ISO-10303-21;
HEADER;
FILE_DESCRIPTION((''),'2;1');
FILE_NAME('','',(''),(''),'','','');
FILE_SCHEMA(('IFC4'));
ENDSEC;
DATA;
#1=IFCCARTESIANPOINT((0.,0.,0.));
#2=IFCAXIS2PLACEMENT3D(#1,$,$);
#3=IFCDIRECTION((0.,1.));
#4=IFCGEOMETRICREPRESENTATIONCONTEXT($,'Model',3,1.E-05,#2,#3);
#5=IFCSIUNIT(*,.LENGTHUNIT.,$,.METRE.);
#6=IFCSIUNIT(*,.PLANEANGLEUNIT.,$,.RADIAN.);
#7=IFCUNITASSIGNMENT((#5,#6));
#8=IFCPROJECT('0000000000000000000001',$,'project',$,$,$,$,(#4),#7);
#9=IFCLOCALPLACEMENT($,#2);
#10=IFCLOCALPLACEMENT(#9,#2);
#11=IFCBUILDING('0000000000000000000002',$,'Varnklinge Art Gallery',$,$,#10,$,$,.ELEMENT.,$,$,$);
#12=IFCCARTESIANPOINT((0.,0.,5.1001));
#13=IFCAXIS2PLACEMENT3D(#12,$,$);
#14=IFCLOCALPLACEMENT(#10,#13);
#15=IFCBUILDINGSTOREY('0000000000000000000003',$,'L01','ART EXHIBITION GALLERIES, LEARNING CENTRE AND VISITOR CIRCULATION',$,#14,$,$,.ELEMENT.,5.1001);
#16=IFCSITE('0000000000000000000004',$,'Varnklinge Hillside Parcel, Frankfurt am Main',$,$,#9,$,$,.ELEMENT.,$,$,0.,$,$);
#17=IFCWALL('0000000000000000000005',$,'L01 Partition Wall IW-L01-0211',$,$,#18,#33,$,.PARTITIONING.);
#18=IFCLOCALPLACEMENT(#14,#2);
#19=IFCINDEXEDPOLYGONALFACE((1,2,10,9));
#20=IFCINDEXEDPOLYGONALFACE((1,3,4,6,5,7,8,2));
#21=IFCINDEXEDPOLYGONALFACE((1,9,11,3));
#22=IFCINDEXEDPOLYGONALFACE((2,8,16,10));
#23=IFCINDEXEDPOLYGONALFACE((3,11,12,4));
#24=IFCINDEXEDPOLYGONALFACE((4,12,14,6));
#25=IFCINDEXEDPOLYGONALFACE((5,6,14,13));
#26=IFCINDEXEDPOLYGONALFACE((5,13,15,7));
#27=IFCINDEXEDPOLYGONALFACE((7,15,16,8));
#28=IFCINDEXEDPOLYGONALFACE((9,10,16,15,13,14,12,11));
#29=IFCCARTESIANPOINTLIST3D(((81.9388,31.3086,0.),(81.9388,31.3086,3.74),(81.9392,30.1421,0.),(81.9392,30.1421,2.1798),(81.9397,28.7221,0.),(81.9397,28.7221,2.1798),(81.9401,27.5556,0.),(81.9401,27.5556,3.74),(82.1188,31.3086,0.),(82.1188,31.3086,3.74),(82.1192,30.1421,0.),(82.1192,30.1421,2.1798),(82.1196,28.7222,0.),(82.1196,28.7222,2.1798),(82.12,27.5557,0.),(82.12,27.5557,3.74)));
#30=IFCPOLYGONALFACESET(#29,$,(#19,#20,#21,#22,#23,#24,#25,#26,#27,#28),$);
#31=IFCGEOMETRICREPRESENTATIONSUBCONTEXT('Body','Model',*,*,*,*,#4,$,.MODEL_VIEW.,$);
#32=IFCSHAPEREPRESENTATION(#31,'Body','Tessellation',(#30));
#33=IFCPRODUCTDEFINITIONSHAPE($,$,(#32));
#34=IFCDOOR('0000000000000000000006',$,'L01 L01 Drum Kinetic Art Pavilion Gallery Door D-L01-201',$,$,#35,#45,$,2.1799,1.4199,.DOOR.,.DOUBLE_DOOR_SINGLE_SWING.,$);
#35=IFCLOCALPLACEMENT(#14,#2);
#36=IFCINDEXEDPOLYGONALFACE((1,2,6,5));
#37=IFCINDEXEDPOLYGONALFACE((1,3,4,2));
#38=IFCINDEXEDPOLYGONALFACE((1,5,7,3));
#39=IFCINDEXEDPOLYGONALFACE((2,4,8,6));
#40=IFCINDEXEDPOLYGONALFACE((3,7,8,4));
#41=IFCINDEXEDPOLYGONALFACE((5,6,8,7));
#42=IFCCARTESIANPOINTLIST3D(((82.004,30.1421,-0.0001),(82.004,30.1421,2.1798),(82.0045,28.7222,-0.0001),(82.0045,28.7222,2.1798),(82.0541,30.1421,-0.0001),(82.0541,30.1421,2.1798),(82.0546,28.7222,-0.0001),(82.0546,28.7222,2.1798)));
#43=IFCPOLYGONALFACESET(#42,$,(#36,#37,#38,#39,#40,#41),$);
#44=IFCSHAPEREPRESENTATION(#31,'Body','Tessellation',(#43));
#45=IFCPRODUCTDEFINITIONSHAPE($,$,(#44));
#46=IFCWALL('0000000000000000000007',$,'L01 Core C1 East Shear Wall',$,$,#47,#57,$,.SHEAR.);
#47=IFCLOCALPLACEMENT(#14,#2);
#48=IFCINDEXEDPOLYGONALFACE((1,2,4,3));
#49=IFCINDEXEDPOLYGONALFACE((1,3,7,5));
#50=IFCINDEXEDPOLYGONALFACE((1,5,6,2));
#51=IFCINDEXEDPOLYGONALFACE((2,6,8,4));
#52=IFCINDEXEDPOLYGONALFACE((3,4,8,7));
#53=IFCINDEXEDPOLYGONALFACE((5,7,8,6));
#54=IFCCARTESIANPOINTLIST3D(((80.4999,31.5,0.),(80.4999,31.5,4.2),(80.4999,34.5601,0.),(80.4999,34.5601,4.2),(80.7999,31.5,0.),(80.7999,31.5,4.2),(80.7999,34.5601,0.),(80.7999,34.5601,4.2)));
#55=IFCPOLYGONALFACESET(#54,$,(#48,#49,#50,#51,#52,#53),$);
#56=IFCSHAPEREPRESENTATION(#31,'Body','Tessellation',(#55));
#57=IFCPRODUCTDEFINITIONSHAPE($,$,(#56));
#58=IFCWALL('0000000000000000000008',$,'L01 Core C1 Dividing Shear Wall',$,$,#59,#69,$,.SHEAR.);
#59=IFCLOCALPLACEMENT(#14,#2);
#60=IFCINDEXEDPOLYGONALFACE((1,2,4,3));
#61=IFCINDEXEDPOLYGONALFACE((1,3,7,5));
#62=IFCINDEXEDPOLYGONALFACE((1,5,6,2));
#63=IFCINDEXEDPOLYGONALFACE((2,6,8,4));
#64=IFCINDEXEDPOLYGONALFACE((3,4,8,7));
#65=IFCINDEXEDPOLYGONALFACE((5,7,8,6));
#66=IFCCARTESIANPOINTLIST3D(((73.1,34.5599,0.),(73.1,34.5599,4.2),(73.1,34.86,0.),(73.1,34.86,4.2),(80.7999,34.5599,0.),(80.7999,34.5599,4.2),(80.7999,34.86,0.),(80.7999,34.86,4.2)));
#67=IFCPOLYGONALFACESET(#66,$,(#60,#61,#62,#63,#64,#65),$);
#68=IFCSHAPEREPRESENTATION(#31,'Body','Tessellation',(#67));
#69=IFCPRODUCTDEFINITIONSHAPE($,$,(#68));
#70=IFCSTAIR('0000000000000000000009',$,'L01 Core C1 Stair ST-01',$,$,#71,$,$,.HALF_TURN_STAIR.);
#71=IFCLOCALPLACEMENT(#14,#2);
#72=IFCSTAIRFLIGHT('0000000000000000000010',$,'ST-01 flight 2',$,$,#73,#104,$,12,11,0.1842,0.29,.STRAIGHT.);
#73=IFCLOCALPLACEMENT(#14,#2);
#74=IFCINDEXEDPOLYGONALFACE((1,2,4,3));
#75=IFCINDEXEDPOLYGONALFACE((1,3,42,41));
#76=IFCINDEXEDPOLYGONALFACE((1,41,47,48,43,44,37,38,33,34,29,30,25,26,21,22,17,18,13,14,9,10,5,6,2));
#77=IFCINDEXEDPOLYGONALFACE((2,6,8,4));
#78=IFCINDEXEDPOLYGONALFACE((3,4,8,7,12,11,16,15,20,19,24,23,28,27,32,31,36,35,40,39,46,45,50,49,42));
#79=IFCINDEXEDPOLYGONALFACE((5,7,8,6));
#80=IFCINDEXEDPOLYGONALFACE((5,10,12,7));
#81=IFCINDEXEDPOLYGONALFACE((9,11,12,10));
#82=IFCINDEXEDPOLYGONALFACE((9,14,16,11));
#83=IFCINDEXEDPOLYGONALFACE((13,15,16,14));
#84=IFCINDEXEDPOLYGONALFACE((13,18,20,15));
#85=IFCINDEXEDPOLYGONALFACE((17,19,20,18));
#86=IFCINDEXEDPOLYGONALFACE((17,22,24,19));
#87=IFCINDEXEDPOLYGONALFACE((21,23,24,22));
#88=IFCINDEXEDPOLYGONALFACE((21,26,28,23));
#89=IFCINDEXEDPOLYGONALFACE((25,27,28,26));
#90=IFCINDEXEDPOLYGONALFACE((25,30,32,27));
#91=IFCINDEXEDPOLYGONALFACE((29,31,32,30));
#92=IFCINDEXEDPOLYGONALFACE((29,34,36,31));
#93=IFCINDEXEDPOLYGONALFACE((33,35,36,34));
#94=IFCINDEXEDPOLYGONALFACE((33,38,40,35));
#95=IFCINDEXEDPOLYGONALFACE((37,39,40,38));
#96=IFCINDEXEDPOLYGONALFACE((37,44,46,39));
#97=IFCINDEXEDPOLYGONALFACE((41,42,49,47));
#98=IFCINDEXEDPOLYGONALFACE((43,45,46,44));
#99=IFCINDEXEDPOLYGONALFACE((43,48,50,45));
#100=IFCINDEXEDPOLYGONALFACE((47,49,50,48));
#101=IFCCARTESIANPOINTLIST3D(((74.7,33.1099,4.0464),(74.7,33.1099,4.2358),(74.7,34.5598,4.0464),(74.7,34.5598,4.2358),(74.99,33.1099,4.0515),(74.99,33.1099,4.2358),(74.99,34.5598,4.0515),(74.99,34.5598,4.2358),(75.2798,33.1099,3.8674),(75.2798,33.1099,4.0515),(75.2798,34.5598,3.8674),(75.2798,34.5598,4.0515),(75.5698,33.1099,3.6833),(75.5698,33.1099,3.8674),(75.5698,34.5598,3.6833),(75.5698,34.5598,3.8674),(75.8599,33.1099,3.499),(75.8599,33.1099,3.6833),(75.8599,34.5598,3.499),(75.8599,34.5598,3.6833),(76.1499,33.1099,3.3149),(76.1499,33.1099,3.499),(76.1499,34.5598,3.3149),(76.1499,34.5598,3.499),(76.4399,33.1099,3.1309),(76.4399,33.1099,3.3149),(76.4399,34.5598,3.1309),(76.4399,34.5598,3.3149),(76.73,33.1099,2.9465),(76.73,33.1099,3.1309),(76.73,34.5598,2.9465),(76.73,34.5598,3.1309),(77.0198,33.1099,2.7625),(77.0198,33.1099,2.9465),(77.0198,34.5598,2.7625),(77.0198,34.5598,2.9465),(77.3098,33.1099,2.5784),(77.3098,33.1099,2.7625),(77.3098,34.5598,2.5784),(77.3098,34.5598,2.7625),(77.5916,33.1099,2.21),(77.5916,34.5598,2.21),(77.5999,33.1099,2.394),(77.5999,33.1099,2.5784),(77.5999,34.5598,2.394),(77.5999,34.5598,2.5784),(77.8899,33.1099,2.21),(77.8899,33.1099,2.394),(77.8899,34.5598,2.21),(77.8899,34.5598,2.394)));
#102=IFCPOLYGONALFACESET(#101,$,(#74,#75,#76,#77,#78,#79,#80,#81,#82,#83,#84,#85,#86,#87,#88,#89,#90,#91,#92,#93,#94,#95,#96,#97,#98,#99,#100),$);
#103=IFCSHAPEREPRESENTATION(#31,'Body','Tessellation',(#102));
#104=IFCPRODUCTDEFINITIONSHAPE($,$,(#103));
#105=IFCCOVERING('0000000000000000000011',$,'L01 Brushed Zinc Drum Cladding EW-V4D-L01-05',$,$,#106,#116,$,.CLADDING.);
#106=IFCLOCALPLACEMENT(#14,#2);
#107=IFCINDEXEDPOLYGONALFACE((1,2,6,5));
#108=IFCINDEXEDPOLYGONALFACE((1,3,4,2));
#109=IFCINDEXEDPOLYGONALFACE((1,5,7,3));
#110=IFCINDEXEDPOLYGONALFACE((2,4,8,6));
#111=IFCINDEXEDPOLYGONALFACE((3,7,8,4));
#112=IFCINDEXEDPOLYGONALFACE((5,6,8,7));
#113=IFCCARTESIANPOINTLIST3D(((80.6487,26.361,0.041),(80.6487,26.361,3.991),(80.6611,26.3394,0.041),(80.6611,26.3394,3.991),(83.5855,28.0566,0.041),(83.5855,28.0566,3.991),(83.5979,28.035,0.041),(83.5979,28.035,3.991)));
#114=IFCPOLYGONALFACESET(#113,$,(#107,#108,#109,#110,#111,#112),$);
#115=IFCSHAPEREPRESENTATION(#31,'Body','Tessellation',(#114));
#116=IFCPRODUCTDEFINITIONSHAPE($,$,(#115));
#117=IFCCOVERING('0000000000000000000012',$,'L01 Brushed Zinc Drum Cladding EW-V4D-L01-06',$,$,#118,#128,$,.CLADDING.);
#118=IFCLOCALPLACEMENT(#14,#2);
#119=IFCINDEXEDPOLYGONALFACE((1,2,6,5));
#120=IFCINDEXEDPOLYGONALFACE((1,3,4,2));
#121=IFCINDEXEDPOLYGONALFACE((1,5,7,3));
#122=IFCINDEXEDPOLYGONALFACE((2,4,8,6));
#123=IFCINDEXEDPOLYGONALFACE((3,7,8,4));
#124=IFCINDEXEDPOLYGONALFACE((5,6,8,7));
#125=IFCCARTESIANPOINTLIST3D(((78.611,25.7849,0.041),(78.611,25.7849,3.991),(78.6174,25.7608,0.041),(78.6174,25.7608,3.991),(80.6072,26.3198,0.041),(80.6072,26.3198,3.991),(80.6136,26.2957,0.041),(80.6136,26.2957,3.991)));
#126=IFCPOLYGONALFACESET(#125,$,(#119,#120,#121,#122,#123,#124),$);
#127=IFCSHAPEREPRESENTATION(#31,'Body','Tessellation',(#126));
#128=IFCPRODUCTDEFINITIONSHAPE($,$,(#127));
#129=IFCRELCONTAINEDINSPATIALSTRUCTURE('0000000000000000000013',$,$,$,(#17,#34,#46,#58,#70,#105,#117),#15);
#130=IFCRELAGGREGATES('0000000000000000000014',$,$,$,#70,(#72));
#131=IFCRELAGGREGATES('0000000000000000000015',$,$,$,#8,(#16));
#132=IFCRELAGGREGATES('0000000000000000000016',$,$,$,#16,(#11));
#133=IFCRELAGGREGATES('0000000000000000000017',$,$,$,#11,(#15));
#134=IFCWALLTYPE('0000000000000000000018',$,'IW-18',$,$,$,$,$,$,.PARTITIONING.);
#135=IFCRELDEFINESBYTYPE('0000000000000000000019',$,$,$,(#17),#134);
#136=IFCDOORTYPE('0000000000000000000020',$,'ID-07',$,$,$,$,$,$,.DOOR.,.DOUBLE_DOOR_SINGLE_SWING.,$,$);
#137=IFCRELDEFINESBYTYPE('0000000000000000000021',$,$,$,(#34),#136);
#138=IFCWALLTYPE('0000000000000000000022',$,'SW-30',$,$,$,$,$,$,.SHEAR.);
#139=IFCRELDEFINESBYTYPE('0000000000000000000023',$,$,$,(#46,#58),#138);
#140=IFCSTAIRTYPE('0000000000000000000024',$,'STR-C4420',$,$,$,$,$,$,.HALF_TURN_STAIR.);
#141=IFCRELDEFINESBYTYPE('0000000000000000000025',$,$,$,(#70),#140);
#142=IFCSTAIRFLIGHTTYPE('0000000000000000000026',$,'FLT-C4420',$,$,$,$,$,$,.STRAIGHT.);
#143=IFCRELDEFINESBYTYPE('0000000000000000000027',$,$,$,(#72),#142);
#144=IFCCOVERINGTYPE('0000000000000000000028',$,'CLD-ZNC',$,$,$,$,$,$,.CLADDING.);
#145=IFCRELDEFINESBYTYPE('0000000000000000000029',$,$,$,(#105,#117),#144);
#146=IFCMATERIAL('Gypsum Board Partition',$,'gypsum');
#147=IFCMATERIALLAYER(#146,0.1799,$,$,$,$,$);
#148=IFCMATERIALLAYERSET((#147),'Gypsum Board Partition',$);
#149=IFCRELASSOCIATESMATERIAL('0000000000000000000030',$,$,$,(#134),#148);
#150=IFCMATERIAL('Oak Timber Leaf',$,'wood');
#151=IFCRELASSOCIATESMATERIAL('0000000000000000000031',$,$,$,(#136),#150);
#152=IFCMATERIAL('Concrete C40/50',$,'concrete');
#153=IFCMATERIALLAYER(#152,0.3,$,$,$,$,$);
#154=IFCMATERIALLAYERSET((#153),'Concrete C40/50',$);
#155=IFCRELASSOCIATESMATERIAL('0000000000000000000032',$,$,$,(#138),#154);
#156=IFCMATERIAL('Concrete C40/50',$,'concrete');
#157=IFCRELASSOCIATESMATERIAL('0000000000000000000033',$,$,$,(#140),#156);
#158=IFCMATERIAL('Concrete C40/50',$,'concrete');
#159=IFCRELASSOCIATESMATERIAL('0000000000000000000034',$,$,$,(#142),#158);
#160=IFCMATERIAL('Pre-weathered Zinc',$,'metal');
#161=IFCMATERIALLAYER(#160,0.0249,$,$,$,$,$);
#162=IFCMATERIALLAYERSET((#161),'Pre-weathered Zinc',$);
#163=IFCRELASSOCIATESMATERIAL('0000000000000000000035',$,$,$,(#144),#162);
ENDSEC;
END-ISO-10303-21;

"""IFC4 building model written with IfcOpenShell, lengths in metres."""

from ifc_helpers import new_model, si_unit, direction, frame, frame_2d, origin, origin_2d, place, context, subcontext, project, spatial, polyline, rectangle, outline, extrude, material, layer, layer_set, type_object, element, fill, aggregate, save


model = new_model("IFC4")

# Units and contexts
model_context = context("Model", 3, precision=1e-05, world=origin(), true_north=direction((0.0, 1.0)))
body_context = subcontext(model_context, "Body", "Model", "MODEL_VIEW")
ifc_project = project(units=[si_unit("LENGTHUNIT", "METRE"), si_unit("PLANEANGLEUNIT", "RADIAN")], contexts=[model_context])

# Site, building, storey
site_placement = place(None, origin())
site = spatial("IfcSite", under=ifc_project, at=site_placement, Name="Varnklinge Hillside Parcel, Frankfurt am Main", CompositionType="ELEMENT", RefElevation=0.0)
building_placement = place(site_placement, origin())
building = spatial("IfcBuilding", under=site, at=building_placement, Name="Varnklinge Art Gallery", CompositionType="ELEMENT")
storey_placement = place(building_placement, frame((0.0, 0.0, 5.1001)))
storey = spatial("IfcBuildingStorey", under=building, at=storey_placement, Name="L01", Description="ART EXHIBITION GALLERIES, LEARNING CENTRE AND VISITOR CIRCULATION", CompositionType="ELEMENT", Elevation=5.1001)

# Shared definitions
ifc_material_1 = material(Name="Gypsum Board Partition", Category="gypsum")
ifc_layer_1 = layer(ifc_material_1, 0.1799)
ifc_layer_set_1 = layer_set([ifc_layer_1], Name="Gypsum Board Partition")
wall_type_1 = type_object("IfcWallType", Name="IW-18", PredefinedType="PARTITIONING", material=ifc_layer_set_1)

# Wall, opening, door
wall_1_placement = place(storey_placement, frame((82.0288, 31.3086, 0.0), z_axis=(0.0, 0.0, 1.0), x_axis=(0.000325, -1.0, 0.0)))
wall_1 = element("IfcWall", 1, at=wall_1_placement, inside=storey, type_object=wall_type_1, Name="L01 Partition Wall IW-L01-0211", PredefinedType="PARTITIONING", context=body_context, shape_type="SweptSolid", body=[
    extrude(rectangle(XDim=3.7529, YDim=0.1799, at=frame_2d((1.8765, 0.0))), origin(), (0.0, 0.0, 1.0), 3.74),
])
opening_1_placement = place(wall_1_placement, frame((1.1665, 0.0, 0.0)))
opening_1 = element("IfcOpeningElement", 2, at=opening_1_placement, cuts=wall_1, PredefinedType="OPENING", context=body_context, shape_type="SweptSolid", body=[
    extrude(rectangle(XDim=1.4199, YDim=2.1799, at=frame_2d((0.71, 1.0898))), frame((0.0, 0.0999, 0.0), z_axis=(0.0, -1.0, 0.0), x_axis=(1.0, 0.0, 0.0)), (0.0, 0.0, 1.0), 0.2),
])
ifc_material_2 = material(Name="Oak Timber Leaf", Category="wood")
door_type = type_object("IfcDoorType", Name="ID-07", OperationType="DOUBLE_DOOR_SINGLE_SWING", PredefinedType="DOOR", material=ifc_material_2)
door_placement = place(opening_1_placement, origin())
door = element("IfcDoor", 3, at=door_placement, inside=storey, type_object=door_type, Name="L01 L01 Drum Kinetic Art Pavilion Gallery Door D-L01-201", OperationType="DOUBLE_DOOR_SINGLE_SWING", OverallHeight=2.1799, OverallWidth=1.4199, PredefinedType="DOOR", context=body_context, shape_type="SweptSolid", body=[
    extrude(rectangle(XDim=1.4199, YDim=2.1799, at=frame_2d((0.71, 1.0898))), frame((0.0, 0.0249, 0.0), z_axis=(0.0, -1.0, 0.0), x_axis=(1.0, 0.0, 0.0)), (0.0, 0.0, 1.0), 0.05),
])
fill(opening_1, door)

# Walls
ifc_material_3 = material(Name="Concrete C40/50", Category="concrete")
ifc_layer_2 = layer(ifc_material_3, 0.3)
ifc_layer_set_2 = layer_set([ifc_layer_2], Name="Concrete C40/50")
wall_type_2 = type_object("IfcWallType", Name="SW-30", PredefinedType="SHEAR", material=ifc_layer_set_2)
wall_2_placement = place(storey_placement, frame((80.6499, 31.5, 0.0), z_axis=(0.0, 0.0, 1.0), x_axis=(0.0, 1.0, 0.0)))
element("IfcWall", 4, at=wall_2_placement, inside=storey, type_object=wall_type_2, Name="L01 Core C1 East Shear Wall", PredefinedType="SHEAR", context=body_context, shape_type="SweptSolid", body=[
    extrude(rectangle(XDim=3.0601, YDim=0.3, at=frame_2d((1.53, 0.0))), origin(), (0.0, 0.0, 1.0), 4.2),
])
wall_3_placement = place(storey_placement, frame((80.8, 34.71, 0.0), z_axis=(0.0, 0.0, 1.0), x_axis=(-1.0, 0.0, 0.0)))
element("IfcWall", 5, at=wall_3_placement, inside=storey, type_object=wall_type_2, Name="L01 Core C1 Dividing Shear Wall", PredefinedType="SHEAR", context=body_context, shape_type="SweptSolid", body=[
    extrude(rectangle(XDim=7.7, YDim=0.3, at=frame_2d((3.8501, 0.0))), origin(), (0.0, 0.0, 1.0), 4.2),
])

# Stair, stair flight
ifc_material_4 = material(Name="Concrete C40/50", Category="concrete")
stair_type = type_object("IfcStairType", Name="STR-C4420", PredefinedType="HALF_TURN_STAIR", material=ifc_material_4)
stair_placement = place(storey_placement, origin())
stair = element("IfcStair", 6, at=stair_placement, inside=storey, type_object=stair_type, Name="L01 Core C1 Stair ST-01", PredefinedType="HALF_TURN_STAIR")
ifc_material_5 = material(Name="Concrete C40/50", Category="concrete")
stair_flight_type = type_object("IfcStairFlightType", Name="FLT-C4420", PredefinedType="STRAIGHT", material=ifc_material_5)
stair_flight_placement = place(storey_placement, frame((77.8899, 33.835, 2.21), z_axis=(0.0, 0.0, 1.0), x_axis=(-1.0, 0.0, 0.0)))
stair_flight = element("IfcStairFlight", 7, at=stair_flight_placement, type_object=stair_flight_type, Name="ST-01 flight 2", NumberOfRisers=12, NumberOfTreads=11, PredefinedType="STRAIGHT", RiserHeight=0.1842, TreadLength=0.29, context=body_context, shape_type="SweptSolid", body=[
    extrude(outline(polyline([(0.0, 0.0), (0.0, 0.1841), (0.29, 0.1841), (0.29, 0.3684), (0.5801, 0.3684), (0.5801, 0.5525), (0.8701, 0.5525), (0.8701, 0.7366), (1.1599, 0.7366), (1.1599, 0.9209), (1.45, 0.9209), (1.45, 1.105), (1.74, 1.105), (1.74, 1.2891), (2.03, 1.2891), (2.03, 1.4734), (2.3201, 1.4734), (2.3201, 1.6575), (2.6101, 1.6575), (2.6101, 1.8416), (2.8999, 1.8416), (2.8999, 2.0259), (3.1899, 2.0259), (3.1899, 2.21), (3.1899, 1.8364), (0.2983, 0.0), (0.0, 0.0)])), frame((0.0, 0.7251, 0.0), z_axis=(0.0, -1.0, 0.0), x_axis=(1.0, 0.0, 0.0)), (0.0, 0.0, 1.0), 1.45),
])
aggregate(stair, [stair_flight])

# Coverings
ifc_material_6 = material(Name="Pre-weathered Zinc", Category="metal")
ifc_layer_3 = layer(ifc_material_6, 0.0249)
ifc_layer_set_3 = layer_set([ifc_layer_3], Name="Pre-weathered Zinc")
covering_type = type_object("IfcCoveringType", Name="CLD-ZNC", PredefinedType="CLADDING", material=ifc_layer_set_3)
covering_1_placement = place(storey_placement, frame((82.1233, 27.198, 0.041), z_axis=(0.0, 0.0, 1.0), x_axis=(-0.866025, -0.5, 0.0)))
element("IfcCovering", 8, at=covering_1_placement, inside=storey, type_object=covering_type, Name="L01 Brushed Zinc Drum Cladding EW-V4D-L01-05", PredefinedType="CLADDING", context=body_context, shape_type="SweptSolid", body=[
    extrude(rectangle(XDim=3.3911, YDim=0.0249, at=origin_2d()), origin(), (0.0, 0.0, 1.0), 3.95),
])
covering_2_placement = place(storey_placement, frame((79.6123, 26.0403, 0.041), z_axis=(0.0, 0.0, 1.0), x_axis=(-0.965926, -0.258819, 0.0)))
element("IfcCovering", 9, at=covering_2_placement, inside=storey, type_object=covering_type, Name="L01 Brushed Zinc Drum Cladding EW-V4D-L01-06", PredefinedType="CLADDING", context=body_context, shape_type="SweptSolid", body=[
    extrude(rectangle(XDim=2.0667, YDim=0.0249, at=origin_2d()), origin(), (0.0, 0.0, 1.0), 3.95),
])

save(model, "model.ifc")
